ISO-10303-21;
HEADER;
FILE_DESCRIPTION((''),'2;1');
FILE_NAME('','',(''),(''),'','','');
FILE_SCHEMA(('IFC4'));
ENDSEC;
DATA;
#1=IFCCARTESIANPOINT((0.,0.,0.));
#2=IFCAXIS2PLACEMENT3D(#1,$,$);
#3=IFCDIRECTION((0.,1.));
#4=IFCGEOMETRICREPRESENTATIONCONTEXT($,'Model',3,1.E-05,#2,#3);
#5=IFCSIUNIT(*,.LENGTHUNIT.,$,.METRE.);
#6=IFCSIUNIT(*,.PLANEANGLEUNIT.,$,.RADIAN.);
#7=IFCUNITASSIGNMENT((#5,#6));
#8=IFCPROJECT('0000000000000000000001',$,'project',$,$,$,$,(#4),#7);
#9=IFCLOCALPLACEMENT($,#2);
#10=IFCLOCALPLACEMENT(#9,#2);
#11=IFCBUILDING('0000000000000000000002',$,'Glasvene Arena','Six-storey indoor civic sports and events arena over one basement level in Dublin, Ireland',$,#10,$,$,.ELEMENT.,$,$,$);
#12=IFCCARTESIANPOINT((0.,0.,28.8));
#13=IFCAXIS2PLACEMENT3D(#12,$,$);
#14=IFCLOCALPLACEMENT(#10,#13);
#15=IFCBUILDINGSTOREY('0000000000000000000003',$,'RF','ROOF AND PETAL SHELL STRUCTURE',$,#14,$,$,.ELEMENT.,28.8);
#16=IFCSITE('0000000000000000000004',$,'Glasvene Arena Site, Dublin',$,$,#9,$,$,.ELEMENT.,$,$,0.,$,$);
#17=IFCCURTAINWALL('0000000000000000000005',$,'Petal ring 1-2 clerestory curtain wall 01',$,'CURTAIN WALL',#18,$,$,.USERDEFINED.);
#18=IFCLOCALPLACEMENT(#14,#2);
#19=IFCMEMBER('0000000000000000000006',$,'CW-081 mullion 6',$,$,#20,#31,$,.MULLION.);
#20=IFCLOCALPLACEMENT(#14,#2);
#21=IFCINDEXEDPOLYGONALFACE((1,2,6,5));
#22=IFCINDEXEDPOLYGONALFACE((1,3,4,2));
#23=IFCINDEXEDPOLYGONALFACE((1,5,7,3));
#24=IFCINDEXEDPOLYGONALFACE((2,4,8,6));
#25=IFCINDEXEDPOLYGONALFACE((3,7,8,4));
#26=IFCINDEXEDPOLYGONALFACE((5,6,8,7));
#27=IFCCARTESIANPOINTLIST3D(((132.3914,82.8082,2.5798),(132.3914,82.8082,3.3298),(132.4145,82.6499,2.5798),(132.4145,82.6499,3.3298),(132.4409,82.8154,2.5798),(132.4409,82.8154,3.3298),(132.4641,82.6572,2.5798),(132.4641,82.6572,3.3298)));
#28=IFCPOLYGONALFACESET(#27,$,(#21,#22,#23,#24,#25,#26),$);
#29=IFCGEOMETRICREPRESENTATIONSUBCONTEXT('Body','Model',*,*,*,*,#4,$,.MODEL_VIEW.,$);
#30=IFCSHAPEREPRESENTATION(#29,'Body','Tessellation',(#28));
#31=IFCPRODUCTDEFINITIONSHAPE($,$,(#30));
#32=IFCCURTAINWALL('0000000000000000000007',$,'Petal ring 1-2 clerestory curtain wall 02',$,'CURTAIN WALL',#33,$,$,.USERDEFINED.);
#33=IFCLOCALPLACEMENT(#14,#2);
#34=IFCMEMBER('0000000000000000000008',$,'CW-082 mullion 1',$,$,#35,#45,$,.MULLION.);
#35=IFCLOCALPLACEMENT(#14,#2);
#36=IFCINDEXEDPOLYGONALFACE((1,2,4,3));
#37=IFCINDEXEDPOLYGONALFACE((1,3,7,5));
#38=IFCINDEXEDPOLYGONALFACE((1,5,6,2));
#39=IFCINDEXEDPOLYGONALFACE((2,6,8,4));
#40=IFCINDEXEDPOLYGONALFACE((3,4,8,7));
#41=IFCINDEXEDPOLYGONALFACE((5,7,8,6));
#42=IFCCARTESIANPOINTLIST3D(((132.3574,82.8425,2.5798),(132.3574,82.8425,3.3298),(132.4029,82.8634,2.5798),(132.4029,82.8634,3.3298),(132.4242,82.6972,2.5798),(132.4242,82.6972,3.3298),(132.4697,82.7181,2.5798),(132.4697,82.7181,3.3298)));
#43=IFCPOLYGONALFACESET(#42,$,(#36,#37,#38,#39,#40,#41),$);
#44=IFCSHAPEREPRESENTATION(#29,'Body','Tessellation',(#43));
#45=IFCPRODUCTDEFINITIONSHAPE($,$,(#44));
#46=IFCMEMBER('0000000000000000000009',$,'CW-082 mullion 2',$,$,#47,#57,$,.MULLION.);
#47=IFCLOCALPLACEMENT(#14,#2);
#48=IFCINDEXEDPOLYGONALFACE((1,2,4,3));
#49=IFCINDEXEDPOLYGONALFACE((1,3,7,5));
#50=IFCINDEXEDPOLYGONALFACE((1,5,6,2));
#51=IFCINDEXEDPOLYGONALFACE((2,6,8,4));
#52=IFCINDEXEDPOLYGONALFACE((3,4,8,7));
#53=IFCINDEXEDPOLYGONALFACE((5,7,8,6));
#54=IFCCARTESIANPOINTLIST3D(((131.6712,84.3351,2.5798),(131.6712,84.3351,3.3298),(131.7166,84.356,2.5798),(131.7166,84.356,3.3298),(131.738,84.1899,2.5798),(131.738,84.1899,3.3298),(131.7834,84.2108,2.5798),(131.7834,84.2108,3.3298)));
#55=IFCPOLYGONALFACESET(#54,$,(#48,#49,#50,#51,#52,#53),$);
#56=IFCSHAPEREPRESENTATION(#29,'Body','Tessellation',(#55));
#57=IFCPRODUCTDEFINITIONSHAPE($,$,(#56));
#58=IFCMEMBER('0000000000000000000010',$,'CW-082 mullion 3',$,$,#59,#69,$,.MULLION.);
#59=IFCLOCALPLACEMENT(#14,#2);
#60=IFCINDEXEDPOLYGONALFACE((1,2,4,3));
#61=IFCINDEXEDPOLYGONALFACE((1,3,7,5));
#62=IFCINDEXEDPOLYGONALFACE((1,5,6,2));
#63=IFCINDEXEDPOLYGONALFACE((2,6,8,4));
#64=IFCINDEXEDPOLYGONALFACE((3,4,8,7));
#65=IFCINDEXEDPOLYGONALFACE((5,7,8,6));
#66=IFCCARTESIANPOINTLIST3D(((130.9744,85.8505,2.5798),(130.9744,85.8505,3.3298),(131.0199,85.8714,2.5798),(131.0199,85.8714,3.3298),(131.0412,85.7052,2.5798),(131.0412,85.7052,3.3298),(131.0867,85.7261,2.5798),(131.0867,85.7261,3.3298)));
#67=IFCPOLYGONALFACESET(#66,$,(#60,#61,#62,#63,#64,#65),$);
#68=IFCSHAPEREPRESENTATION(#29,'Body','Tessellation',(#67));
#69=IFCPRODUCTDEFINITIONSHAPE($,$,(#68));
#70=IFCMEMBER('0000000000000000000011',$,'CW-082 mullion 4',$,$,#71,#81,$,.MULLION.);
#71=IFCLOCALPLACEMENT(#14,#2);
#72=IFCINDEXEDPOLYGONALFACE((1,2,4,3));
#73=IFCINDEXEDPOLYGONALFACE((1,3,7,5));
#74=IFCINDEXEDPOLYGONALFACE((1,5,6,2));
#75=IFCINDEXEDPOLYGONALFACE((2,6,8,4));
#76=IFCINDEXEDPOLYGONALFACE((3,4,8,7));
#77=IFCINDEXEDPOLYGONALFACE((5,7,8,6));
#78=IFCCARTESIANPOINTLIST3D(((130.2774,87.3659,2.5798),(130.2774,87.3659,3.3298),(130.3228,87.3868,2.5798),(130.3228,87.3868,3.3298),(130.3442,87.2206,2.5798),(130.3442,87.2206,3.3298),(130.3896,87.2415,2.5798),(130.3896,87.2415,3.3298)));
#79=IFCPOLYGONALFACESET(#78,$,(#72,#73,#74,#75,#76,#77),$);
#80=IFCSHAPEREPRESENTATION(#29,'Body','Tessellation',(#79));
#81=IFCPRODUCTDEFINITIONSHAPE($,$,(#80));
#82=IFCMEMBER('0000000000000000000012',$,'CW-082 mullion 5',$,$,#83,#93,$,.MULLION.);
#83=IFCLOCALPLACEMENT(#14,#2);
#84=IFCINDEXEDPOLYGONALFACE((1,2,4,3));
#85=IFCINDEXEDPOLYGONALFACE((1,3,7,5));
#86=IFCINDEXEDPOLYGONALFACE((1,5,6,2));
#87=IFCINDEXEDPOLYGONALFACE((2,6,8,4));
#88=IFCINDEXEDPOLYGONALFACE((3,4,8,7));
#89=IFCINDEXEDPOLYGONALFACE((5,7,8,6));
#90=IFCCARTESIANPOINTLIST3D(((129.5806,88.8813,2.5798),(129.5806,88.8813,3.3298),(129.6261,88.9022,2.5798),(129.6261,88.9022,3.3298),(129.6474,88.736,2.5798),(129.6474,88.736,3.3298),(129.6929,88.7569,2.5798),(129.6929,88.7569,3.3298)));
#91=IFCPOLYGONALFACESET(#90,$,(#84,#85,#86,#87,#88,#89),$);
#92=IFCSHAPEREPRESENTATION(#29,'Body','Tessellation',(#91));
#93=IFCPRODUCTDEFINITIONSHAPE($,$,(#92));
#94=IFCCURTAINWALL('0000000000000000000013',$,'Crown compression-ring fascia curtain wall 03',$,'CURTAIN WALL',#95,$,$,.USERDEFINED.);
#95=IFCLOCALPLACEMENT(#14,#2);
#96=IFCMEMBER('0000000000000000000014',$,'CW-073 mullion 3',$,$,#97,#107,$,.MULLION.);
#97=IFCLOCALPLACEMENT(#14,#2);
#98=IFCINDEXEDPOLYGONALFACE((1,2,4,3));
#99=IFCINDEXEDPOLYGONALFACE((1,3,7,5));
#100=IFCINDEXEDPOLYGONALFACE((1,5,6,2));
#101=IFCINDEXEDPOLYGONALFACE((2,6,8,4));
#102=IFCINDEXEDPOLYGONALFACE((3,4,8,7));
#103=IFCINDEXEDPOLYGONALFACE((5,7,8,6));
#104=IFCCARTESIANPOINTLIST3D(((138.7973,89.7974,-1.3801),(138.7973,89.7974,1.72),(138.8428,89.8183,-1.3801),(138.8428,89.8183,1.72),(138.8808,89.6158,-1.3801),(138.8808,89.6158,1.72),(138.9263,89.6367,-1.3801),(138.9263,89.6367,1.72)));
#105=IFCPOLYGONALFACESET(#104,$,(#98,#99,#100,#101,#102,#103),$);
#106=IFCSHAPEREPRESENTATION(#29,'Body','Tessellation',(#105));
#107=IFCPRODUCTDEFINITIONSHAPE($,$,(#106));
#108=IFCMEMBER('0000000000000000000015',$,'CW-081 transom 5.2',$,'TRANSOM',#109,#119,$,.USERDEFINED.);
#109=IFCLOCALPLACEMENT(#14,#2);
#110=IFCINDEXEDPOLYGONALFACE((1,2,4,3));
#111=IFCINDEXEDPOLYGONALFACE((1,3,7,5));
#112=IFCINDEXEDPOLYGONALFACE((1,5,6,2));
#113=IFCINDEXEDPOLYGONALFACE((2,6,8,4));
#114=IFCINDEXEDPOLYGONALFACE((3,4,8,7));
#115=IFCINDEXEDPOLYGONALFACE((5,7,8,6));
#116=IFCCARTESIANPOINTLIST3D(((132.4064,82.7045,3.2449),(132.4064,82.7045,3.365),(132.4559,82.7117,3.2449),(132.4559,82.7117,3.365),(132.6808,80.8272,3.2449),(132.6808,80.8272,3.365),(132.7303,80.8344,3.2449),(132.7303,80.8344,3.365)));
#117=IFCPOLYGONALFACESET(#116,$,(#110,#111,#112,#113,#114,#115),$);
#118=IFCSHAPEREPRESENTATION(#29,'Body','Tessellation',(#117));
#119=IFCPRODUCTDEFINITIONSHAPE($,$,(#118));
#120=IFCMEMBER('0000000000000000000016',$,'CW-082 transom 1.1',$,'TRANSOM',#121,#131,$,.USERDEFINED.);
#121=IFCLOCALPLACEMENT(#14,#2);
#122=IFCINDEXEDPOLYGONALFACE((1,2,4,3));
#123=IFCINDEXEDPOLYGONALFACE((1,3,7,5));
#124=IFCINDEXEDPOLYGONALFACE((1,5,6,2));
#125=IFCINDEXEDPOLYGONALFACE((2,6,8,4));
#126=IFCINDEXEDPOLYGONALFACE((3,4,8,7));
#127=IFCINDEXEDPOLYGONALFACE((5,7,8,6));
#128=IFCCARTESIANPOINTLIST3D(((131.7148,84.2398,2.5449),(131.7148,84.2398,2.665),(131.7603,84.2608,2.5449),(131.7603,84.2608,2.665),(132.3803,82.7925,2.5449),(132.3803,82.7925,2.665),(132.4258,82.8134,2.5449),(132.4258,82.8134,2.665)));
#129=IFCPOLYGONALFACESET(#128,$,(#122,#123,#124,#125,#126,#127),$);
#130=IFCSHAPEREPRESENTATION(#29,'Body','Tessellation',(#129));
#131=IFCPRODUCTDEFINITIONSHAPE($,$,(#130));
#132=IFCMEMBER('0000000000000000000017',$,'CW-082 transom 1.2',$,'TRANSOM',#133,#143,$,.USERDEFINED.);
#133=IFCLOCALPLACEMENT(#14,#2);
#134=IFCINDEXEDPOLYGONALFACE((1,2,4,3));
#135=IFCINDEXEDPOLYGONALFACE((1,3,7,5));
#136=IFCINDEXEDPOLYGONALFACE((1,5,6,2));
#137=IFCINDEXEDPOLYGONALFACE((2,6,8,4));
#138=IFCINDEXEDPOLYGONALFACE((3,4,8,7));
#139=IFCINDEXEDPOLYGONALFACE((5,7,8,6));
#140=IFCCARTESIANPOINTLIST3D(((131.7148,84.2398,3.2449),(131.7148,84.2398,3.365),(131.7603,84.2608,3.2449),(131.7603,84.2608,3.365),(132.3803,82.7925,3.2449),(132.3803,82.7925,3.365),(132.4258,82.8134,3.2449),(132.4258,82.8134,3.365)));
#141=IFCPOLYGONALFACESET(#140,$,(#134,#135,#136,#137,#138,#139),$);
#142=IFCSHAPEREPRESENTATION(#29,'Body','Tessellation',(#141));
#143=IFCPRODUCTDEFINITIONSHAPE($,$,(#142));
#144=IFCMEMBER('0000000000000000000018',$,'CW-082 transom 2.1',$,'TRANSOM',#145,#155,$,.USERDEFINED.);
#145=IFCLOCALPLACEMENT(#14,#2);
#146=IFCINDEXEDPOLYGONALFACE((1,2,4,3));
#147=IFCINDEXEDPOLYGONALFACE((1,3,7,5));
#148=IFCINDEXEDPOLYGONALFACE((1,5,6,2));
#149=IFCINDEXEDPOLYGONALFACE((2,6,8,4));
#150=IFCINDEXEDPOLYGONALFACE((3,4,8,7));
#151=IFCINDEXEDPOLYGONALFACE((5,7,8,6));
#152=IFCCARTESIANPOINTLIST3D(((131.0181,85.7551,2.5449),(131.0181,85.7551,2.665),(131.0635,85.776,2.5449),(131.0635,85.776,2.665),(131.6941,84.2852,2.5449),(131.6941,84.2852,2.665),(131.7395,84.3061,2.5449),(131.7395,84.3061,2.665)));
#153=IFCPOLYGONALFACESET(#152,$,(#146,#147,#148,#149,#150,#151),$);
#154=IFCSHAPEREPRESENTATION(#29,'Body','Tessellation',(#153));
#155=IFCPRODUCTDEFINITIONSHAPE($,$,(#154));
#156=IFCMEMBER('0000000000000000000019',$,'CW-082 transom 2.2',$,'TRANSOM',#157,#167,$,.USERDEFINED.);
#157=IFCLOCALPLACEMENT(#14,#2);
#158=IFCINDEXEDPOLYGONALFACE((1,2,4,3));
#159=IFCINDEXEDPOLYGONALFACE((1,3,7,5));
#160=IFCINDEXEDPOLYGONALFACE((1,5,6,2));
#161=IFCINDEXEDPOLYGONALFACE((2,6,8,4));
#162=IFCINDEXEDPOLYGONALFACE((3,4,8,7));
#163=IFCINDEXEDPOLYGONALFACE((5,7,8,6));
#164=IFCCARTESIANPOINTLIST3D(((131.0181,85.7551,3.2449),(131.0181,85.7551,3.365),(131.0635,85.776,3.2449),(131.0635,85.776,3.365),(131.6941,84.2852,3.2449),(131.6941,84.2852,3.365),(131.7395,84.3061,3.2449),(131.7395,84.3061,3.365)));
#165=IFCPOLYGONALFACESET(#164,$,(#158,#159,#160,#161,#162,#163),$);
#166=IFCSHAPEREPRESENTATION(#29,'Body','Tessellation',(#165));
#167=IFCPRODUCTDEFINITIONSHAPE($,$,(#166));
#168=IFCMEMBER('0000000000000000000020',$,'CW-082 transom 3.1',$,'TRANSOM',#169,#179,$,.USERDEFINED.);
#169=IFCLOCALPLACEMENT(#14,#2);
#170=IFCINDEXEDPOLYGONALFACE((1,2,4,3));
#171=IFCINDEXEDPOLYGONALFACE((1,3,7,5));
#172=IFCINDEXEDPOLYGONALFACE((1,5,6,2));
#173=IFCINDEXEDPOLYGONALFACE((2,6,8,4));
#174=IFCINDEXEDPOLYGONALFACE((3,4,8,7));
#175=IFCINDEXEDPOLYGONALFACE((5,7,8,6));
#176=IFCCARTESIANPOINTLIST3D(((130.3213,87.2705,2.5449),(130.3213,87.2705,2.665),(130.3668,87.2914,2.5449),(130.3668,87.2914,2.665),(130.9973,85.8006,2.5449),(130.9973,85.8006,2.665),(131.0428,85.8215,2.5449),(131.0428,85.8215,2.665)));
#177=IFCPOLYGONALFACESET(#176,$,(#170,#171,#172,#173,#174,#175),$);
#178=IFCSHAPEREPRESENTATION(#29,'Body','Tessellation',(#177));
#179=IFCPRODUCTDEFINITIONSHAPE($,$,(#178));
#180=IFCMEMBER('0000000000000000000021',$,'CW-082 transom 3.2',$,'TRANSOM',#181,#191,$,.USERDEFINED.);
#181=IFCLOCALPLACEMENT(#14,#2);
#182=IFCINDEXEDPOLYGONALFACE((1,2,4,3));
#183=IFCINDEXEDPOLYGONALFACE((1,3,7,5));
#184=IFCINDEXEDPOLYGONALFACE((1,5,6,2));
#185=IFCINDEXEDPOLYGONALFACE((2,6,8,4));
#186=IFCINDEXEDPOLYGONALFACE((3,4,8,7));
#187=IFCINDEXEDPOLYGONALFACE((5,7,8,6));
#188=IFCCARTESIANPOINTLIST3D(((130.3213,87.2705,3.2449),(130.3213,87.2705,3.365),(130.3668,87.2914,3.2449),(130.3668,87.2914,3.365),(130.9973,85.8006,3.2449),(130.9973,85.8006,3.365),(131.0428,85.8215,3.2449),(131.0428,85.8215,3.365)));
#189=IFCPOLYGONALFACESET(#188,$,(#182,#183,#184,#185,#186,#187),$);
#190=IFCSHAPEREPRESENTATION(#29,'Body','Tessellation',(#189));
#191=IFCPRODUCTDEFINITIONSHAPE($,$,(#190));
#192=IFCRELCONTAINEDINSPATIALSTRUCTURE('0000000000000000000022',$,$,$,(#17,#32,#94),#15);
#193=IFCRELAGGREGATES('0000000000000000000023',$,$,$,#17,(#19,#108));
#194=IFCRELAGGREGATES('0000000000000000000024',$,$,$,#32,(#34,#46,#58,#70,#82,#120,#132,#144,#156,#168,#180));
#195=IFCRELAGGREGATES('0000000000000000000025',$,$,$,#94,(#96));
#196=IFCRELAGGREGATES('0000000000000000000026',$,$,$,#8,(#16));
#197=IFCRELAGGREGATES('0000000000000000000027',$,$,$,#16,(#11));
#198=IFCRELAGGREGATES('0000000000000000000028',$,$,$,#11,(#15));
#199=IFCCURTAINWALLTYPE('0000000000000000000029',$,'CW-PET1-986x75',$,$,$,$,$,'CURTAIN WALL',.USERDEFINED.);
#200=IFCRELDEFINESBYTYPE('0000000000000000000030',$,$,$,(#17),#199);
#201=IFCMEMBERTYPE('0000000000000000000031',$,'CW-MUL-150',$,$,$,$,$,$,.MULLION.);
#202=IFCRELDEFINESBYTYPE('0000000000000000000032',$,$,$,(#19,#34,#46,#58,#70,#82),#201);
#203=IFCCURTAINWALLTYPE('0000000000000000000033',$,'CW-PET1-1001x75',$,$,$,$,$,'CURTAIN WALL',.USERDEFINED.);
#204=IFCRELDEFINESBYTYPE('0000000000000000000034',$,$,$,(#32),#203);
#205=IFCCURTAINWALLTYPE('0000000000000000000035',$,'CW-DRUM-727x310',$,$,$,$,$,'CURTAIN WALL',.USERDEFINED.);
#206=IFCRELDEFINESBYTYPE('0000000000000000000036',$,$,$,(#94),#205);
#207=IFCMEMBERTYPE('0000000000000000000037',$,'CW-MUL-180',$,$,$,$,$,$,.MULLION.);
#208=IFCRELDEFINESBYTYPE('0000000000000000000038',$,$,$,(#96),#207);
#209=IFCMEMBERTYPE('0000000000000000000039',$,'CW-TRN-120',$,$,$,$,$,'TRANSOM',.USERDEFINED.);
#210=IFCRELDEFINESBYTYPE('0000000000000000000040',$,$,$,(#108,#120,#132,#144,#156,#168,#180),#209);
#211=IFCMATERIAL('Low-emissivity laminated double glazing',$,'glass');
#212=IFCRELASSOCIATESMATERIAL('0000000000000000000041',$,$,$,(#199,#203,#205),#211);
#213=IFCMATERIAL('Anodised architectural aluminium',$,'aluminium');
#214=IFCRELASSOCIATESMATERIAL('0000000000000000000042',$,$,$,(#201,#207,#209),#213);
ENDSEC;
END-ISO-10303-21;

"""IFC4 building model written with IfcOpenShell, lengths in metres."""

from ifc_helpers import new_model, si_unit, direction, frame, origin, origin_2d, place, context, subcontext, project, spatial, rectangle, extrude, material, material_profile, profile_set, type_object, element, aggregate, save


model = new_model("IFC4")

# Units and contexts
model_context = context("Model", 3, precision=1e-05, world=origin(), true_north=direction((0.0, 1.0)))
body_context = subcontext(model_context, "Body", "Model", "MODEL_VIEW")
ifc_project = project(units=[si_unit("LENGTHUNIT", "METRE"), si_unit("PLANEANGLEUNIT", "RADIAN")], contexts=[model_context])

# Site, building, storey
site_placement = place(None, origin())
site = spatial("IfcSite", under=ifc_project, at=site_placement, Name="Glasvene Arena Site, Dublin", CompositionType="ELEMENT", RefElevation=0.0)
building_placement = place(site_placement, origin())
building = spatial("IfcBuilding", under=site, at=building_placement, Name="Glasvene Arena", Description="Six-storey indoor civic sports and events arena over one basement level in Dublin, Ireland", CompositionType="ELEMENT")
storey_placement = place(building_placement, frame((0.0, 0.0, 28.8)))
storey = spatial("IfcBuildingStorey", under=building, at=storey_placement, Name="RF", Description="ROOF AND PETAL SHELL STRUCTURE", CompositionType="ELEMENT", Elevation=28.8)

# Curtain wall, member
ifc_material_1 = material(Name="Low-emissivity laminated double glazing", Category="glass")
curtain_wall_type_1 = type_object("IfcCurtainWallType", Name="CW-PET1-986x75", ElementType="CURTAIN WALL", PredefinedType="USERDEFINED", material=ifc_material_1)
curtain_wall_1_placement = place(storey_placement, frame((133.8501, 73.0, 0.0)))
curtain_wall_1 = element("IfcCurtainWall", 1, at=curtain_wall_1_placement, inside=storey, type_object=curtain_wall_type_1, Name="Petal ring 1-2 clerestory curtain wall 01", ObjectType="CURTAIN WALL", PredefinedType="USERDEFINED")
ifc_material_2 = material(Name="Anodised architectural aluminium", Category="aluminium")
ifc_material_profile_1 = material_profile(ifc_material_2, rectangle(XDim=0.05, YDim=0.1599, at=origin_2d()), Name="ALU MULLION 50x160")
ifc_profile_set_1 = profile_set([ifc_material_profile_1], Name="Anodised architectural aluminium")
member_type_1 = type_object("IfcMemberType", Name="CW-MUL-150", PredefinedType="MULLION", material=ifc_profile_set_1)
member_1_placement = place(storey_placement, frame((132.4277, 82.7327, 2.5798), z_axis=(0.0, 0.0, 1.0), x_axis=(-0.989489, -0.144608, 0.0)))
member_1 = element("IfcMember", 2, at=member_1_placement, type_object=member_type_1, Name="CW-081 mullion 6", PredefinedType="MULLION", context=body_context, shape_type="SweptSolid", body=[
    extrude(rectangle(XDim=0.05, YDim=0.1599, at=origin_2d()), origin(), (0.0, 0.0, 1.0), 0.75),
])

# Curtain wall, members
curtain_wall_type_2 = type_object("IfcCurtainWallType", Name="CW-PET1-1001x75", ElementType="CURTAIN WALL", PredefinedType="USERDEFINED", material=ifc_material_1)
curtain_wall_2_placement = place(storey_placement, frame((132.4241, 82.7576, 0.0)))
curtain_wall_2 = element("IfcCurtainWall", 3, at=curtain_wall_2_placement, inside=storey, type_object=curtain_wall_type_2, Name="Petal ring 1-2 clerestory curtain wall 02", ObjectType="CURTAIN WALL", PredefinedType="USERDEFINED")
member_2_placement = place(storey_placement, frame((132.4136, 82.7803, 2.5798), z_axis=(0.0, 0.0, 1.0), x_axis=(-0.908557, -0.417761, 0.0)))
member_2 = element("IfcMember", 4, at=member_2_placement, type_object=member_type_1, Name="CW-082 mullion 1", PredefinedType="MULLION", context=body_context, shape_type="SweptSolid", body=[
    extrude(rectangle(XDim=0.05, YDim=0.1599, at=origin_2d()), origin(), (0.0, 0.0, 1.0), 0.75),
])
member_3_placement = place(storey_placement, frame((131.7273, 84.2729, 2.5798), z_axis=(0.0, 0.0, 1.0), x_axis=(-0.908557, -0.417761, 0.0)))
member_3 = element("IfcMember", 5, at=member_3_placement, type_object=member_type_1, Name="CW-082 mullion 2", PredefinedType="MULLION", context=body_context, shape_type="SweptSolid", body=[
    extrude(rectangle(XDim=0.05, YDim=0.1599, at=origin_2d()), origin(), (0.0, 0.0, 1.0), 0.75),
])
member_4_placement = place(storey_placement, frame((131.0305, 85.7883, 2.5798), z_axis=(0.0, 0.0, 1.0), x_axis=(-0.908557, -0.417761, 0.0)))
member_4 = element("IfcMember", 6, at=member_4_placement, type_object=member_type_1, Name="CW-082 mullion 3", PredefinedType="MULLION", context=body_context, shape_type="SweptSolid", body=[
    extrude(rectangle(XDim=0.05, YDim=0.1599, at=origin_2d()), origin(), (0.0, 0.0, 1.0), 0.75),
])
member_5_placement = place(storey_placement, frame((130.3335, 87.3037, 2.5798), z_axis=(0.0, 0.0, 1.0), x_axis=(-0.908557, -0.417761, 0.0)))
member_5 = element("IfcMember", 7, at=member_5_placement, type_object=member_type_1, Name="CW-082 mullion 4", PredefinedType="MULLION", context=body_context, shape_type="SweptSolid", body=[
    extrude(rectangle(XDim=0.05, YDim=0.1599, at=origin_2d()), origin(), (0.0, 0.0, 1.0), 0.75),
])
member_6_placement = place(storey_placement, frame((129.6367, 88.8191, 2.5798), z_axis=(0.0, 0.0, 1.0), x_axis=(-0.908557, -0.417761, 0.0)))
member_6 = element("IfcMember", 8, at=member_6_placement, type_object=member_type_1, Name="CW-082 mullion 5", PredefinedType="MULLION", context=body_context, shape_type="SweptSolid", body=[
    extrude(rectangle(XDim=0.05, YDim=0.1599, at=origin_2d()), origin(), (0.0, 0.0, 1.0), 0.75),
])

# Curtain wall, member
curtain_wall_type_3 = type_object("IfcCurtainWallType", Name="CW-DRUM-727x310", ElementType="CURTAIN WALL", PredefinedType="USERDEFINED", material=ifc_material_1)
curtain_wall_3_placement = place(storey_placement, frame((140.0759, 87.0757, 0.0)))
curtain_wall_3 = element("IfcCurtainWall", 9, at=curtain_wall_3_placement, inside=storey, type_object=curtain_wall_type_3, Name="Crown compression-ring fascia curtain wall 03", ObjectType="CURTAIN WALL", PredefinedType="USERDEFINED")
ifc_material_profile_2 = material_profile(ifc_material_2, rectangle(XDim=0.05, YDim=0.2, at=origin_2d()), Name="ALU MULLION 50x200")
ifc_profile_set_2 = profile_set([ifc_material_profile_2], Name="Anodised architectural aluminium")
member_type_2 = type_object("IfcMemberType", Name="CW-MUL-180", PredefinedType="MULLION", material=ifc_profile_set_2)
member_7_placement = place(storey_placement, frame((138.8618, 89.717, -1.3801), z_axis=(0.0, 0.0, 1.0), x_axis=(-0.908603, -0.417661, 0.0)))
member_7 = element("IfcMember", 10, at=member_7_placement, type_object=member_type_2, Name="CW-073 mullion 3", PredefinedType="MULLION", context=body_context, shape_type="SweptSolid", body=[
    extrude(rectangle(XDim=0.05, YDim=0.2, at=origin_2d()), origin(), (0.0, 0.0, 1.0), 3.1001),
])

# Members
ifc_material_profile_3 = material_profile(ifc_material_2, rectangle(XDim=0.05, YDim=0.1201, at=origin_2d()), Name="ALU TRANSOM 50x120")
ifc_profile_set_3 = profile_set([ifc_material_profile_3], Name="Anodised architectural aluminium")
member_type_3 = type_object("IfcMemberType", Name="CW-TRN-120", ElementType="TRANSOM", PredefinedType="USERDEFINED", material=ifc_profile_set_3)
member_8_placement = place(storey_placement, frame((132.7056, 80.8308, 3.3049), z_axis=(-0.144646, 0.989484, 0.0), x_axis=(-0.989484, -0.144646, 0.0)))
member_8 = element("IfcMember", 11, at=member_8_placement, type_object=member_type_3, Name="CW-081 transom 5.2", ObjectType="TRANSOM", PredefinedType="USERDEFINED", context=body_context, shape_type="SweptSolid", body=[
    extrude(rectangle(XDim=0.05, YDim=0.1201, at=origin_2d()), origin(), (0.0, 0.0, 1.0), 1.8972),
])
member_9_placement = place(storey_placement, frame((132.4031, 82.803, 2.605), z_axis=(-0.417794, 0.908542, 0.0), x_axis=(-0.908542, -0.417794, 0.0)))
member_9 = element("IfcMember", 12, at=member_9_placement, type_object=member_type_3, Name="CW-082 transom 1.1", ObjectType="TRANSOM", PredefinedType="USERDEFINED", context=body_context, shape_type="SweptSolid", body=[
    extrude(rectangle(XDim=0.05, YDim=0.1201, at=origin_2d()), origin(), (0.0, 0.0, 1.0), 1.593),
])
member_10_placement = place(storey_placement, frame((132.4031, 82.803, 3.3049), z_axis=(-0.417794, 0.908542, 0.0), x_axis=(-0.908542, -0.417794, 0.0)))
member_10 = element("IfcMember", 13, at=member_10_placement, type_object=member_type_3, Name="CW-082 transom 1.2", ObjectType="TRANSOM", PredefinedType="USERDEFINED", context=body_context, shape_type="SweptSolid", body=[
    extrude(rectangle(XDim=0.05, YDim=0.1201, at=origin_2d()), origin(), (0.0, 0.0, 1.0), 1.593),
])
member_11_placement = place(storey_placement, frame((131.7168, 84.2957, 2.605), z_axis=(-0.417823, 0.908528, 0.0), x_axis=(-0.908528, -0.417823, 0.0)))
member_11 = element("IfcMember", 14, at=member_11_placement, type_object=member_type_3, Name="CW-082 transom 2.1", ObjectType="TRANSOM", PredefinedType="USERDEFINED", context=body_context, shape_type="SweptSolid", body=[
    extrude(rectangle(XDim=0.05, YDim=0.1201, at=origin_2d()), origin(), (0.0, 0.0, 1.0), 1.6179),
])
member_12_placement = place(storey_placement, frame((131.7168, 84.2957, 3.3049), z_axis=(-0.417823, 0.908528, 0.0), x_axis=(-0.908528, -0.417823, 0.0)))
member_12 = element("IfcMember", 15, at=member_12_placement, type_object=member_type_3, Name="CW-082 transom 2.2", ObjectType="TRANSOM", PredefinedType="USERDEFINED", context=body_context, shape_type="SweptSolid", body=[
    extrude(rectangle(XDim=0.05, YDim=0.1201, at=origin_2d()), origin(), (0.0, 0.0, 1.0), 1.6179),
])
member_13_placement = place(storey_placement, frame((131.02, 85.811, 2.605), z_axis=(-0.417823, 0.908528, 0.0), x_axis=(-0.908528, -0.417823, 0.0)))
member_13 = element("IfcMember", 16, at=member_13_placement, type_object=member_type_3, Name="CW-082 transom 3.1", ObjectType="TRANSOM", PredefinedType="USERDEFINED", context=body_context, shape_type="SweptSolid", body=[
    extrude(rectangle(XDim=0.05, YDim=0.1201, at=origin_2d()), origin(), (0.0, 0.0, 1.0), 1.6179),
])
member_14_placement = place(storey_placement, frame((131.02, 85.811, 3.3049), z_axis=(-0.417823, 0.908528, 0.0), x_axis=(-0.908528, -0.417823, 0.0)))
member_14 = element("IfcMember", 17, at=member_14_placement, type_object=member_type_3, Name="CW-082 transom 3.2", ObjectType="TRANSOM", PredefinedType="USERDEFINED", context=body_context, shape_type="SweptSolid", body=[
    extrude(rectangle(XDim=0.05, YDim=0.1201, at=origin_2d()), origin(), (0.0, 0.0, 1.0), 1.6179),
])

aggregate(curtain_wall_1, [member_1, member_8])
aggregate(curtain_wall_2, [member_2, member_3, member_4, member_5, member_6, member_9, member_10, member_11, member_12, member_13, member_14])
aggregate(curtain_wall_3, [member_7])

save(model, "model.ifc")
